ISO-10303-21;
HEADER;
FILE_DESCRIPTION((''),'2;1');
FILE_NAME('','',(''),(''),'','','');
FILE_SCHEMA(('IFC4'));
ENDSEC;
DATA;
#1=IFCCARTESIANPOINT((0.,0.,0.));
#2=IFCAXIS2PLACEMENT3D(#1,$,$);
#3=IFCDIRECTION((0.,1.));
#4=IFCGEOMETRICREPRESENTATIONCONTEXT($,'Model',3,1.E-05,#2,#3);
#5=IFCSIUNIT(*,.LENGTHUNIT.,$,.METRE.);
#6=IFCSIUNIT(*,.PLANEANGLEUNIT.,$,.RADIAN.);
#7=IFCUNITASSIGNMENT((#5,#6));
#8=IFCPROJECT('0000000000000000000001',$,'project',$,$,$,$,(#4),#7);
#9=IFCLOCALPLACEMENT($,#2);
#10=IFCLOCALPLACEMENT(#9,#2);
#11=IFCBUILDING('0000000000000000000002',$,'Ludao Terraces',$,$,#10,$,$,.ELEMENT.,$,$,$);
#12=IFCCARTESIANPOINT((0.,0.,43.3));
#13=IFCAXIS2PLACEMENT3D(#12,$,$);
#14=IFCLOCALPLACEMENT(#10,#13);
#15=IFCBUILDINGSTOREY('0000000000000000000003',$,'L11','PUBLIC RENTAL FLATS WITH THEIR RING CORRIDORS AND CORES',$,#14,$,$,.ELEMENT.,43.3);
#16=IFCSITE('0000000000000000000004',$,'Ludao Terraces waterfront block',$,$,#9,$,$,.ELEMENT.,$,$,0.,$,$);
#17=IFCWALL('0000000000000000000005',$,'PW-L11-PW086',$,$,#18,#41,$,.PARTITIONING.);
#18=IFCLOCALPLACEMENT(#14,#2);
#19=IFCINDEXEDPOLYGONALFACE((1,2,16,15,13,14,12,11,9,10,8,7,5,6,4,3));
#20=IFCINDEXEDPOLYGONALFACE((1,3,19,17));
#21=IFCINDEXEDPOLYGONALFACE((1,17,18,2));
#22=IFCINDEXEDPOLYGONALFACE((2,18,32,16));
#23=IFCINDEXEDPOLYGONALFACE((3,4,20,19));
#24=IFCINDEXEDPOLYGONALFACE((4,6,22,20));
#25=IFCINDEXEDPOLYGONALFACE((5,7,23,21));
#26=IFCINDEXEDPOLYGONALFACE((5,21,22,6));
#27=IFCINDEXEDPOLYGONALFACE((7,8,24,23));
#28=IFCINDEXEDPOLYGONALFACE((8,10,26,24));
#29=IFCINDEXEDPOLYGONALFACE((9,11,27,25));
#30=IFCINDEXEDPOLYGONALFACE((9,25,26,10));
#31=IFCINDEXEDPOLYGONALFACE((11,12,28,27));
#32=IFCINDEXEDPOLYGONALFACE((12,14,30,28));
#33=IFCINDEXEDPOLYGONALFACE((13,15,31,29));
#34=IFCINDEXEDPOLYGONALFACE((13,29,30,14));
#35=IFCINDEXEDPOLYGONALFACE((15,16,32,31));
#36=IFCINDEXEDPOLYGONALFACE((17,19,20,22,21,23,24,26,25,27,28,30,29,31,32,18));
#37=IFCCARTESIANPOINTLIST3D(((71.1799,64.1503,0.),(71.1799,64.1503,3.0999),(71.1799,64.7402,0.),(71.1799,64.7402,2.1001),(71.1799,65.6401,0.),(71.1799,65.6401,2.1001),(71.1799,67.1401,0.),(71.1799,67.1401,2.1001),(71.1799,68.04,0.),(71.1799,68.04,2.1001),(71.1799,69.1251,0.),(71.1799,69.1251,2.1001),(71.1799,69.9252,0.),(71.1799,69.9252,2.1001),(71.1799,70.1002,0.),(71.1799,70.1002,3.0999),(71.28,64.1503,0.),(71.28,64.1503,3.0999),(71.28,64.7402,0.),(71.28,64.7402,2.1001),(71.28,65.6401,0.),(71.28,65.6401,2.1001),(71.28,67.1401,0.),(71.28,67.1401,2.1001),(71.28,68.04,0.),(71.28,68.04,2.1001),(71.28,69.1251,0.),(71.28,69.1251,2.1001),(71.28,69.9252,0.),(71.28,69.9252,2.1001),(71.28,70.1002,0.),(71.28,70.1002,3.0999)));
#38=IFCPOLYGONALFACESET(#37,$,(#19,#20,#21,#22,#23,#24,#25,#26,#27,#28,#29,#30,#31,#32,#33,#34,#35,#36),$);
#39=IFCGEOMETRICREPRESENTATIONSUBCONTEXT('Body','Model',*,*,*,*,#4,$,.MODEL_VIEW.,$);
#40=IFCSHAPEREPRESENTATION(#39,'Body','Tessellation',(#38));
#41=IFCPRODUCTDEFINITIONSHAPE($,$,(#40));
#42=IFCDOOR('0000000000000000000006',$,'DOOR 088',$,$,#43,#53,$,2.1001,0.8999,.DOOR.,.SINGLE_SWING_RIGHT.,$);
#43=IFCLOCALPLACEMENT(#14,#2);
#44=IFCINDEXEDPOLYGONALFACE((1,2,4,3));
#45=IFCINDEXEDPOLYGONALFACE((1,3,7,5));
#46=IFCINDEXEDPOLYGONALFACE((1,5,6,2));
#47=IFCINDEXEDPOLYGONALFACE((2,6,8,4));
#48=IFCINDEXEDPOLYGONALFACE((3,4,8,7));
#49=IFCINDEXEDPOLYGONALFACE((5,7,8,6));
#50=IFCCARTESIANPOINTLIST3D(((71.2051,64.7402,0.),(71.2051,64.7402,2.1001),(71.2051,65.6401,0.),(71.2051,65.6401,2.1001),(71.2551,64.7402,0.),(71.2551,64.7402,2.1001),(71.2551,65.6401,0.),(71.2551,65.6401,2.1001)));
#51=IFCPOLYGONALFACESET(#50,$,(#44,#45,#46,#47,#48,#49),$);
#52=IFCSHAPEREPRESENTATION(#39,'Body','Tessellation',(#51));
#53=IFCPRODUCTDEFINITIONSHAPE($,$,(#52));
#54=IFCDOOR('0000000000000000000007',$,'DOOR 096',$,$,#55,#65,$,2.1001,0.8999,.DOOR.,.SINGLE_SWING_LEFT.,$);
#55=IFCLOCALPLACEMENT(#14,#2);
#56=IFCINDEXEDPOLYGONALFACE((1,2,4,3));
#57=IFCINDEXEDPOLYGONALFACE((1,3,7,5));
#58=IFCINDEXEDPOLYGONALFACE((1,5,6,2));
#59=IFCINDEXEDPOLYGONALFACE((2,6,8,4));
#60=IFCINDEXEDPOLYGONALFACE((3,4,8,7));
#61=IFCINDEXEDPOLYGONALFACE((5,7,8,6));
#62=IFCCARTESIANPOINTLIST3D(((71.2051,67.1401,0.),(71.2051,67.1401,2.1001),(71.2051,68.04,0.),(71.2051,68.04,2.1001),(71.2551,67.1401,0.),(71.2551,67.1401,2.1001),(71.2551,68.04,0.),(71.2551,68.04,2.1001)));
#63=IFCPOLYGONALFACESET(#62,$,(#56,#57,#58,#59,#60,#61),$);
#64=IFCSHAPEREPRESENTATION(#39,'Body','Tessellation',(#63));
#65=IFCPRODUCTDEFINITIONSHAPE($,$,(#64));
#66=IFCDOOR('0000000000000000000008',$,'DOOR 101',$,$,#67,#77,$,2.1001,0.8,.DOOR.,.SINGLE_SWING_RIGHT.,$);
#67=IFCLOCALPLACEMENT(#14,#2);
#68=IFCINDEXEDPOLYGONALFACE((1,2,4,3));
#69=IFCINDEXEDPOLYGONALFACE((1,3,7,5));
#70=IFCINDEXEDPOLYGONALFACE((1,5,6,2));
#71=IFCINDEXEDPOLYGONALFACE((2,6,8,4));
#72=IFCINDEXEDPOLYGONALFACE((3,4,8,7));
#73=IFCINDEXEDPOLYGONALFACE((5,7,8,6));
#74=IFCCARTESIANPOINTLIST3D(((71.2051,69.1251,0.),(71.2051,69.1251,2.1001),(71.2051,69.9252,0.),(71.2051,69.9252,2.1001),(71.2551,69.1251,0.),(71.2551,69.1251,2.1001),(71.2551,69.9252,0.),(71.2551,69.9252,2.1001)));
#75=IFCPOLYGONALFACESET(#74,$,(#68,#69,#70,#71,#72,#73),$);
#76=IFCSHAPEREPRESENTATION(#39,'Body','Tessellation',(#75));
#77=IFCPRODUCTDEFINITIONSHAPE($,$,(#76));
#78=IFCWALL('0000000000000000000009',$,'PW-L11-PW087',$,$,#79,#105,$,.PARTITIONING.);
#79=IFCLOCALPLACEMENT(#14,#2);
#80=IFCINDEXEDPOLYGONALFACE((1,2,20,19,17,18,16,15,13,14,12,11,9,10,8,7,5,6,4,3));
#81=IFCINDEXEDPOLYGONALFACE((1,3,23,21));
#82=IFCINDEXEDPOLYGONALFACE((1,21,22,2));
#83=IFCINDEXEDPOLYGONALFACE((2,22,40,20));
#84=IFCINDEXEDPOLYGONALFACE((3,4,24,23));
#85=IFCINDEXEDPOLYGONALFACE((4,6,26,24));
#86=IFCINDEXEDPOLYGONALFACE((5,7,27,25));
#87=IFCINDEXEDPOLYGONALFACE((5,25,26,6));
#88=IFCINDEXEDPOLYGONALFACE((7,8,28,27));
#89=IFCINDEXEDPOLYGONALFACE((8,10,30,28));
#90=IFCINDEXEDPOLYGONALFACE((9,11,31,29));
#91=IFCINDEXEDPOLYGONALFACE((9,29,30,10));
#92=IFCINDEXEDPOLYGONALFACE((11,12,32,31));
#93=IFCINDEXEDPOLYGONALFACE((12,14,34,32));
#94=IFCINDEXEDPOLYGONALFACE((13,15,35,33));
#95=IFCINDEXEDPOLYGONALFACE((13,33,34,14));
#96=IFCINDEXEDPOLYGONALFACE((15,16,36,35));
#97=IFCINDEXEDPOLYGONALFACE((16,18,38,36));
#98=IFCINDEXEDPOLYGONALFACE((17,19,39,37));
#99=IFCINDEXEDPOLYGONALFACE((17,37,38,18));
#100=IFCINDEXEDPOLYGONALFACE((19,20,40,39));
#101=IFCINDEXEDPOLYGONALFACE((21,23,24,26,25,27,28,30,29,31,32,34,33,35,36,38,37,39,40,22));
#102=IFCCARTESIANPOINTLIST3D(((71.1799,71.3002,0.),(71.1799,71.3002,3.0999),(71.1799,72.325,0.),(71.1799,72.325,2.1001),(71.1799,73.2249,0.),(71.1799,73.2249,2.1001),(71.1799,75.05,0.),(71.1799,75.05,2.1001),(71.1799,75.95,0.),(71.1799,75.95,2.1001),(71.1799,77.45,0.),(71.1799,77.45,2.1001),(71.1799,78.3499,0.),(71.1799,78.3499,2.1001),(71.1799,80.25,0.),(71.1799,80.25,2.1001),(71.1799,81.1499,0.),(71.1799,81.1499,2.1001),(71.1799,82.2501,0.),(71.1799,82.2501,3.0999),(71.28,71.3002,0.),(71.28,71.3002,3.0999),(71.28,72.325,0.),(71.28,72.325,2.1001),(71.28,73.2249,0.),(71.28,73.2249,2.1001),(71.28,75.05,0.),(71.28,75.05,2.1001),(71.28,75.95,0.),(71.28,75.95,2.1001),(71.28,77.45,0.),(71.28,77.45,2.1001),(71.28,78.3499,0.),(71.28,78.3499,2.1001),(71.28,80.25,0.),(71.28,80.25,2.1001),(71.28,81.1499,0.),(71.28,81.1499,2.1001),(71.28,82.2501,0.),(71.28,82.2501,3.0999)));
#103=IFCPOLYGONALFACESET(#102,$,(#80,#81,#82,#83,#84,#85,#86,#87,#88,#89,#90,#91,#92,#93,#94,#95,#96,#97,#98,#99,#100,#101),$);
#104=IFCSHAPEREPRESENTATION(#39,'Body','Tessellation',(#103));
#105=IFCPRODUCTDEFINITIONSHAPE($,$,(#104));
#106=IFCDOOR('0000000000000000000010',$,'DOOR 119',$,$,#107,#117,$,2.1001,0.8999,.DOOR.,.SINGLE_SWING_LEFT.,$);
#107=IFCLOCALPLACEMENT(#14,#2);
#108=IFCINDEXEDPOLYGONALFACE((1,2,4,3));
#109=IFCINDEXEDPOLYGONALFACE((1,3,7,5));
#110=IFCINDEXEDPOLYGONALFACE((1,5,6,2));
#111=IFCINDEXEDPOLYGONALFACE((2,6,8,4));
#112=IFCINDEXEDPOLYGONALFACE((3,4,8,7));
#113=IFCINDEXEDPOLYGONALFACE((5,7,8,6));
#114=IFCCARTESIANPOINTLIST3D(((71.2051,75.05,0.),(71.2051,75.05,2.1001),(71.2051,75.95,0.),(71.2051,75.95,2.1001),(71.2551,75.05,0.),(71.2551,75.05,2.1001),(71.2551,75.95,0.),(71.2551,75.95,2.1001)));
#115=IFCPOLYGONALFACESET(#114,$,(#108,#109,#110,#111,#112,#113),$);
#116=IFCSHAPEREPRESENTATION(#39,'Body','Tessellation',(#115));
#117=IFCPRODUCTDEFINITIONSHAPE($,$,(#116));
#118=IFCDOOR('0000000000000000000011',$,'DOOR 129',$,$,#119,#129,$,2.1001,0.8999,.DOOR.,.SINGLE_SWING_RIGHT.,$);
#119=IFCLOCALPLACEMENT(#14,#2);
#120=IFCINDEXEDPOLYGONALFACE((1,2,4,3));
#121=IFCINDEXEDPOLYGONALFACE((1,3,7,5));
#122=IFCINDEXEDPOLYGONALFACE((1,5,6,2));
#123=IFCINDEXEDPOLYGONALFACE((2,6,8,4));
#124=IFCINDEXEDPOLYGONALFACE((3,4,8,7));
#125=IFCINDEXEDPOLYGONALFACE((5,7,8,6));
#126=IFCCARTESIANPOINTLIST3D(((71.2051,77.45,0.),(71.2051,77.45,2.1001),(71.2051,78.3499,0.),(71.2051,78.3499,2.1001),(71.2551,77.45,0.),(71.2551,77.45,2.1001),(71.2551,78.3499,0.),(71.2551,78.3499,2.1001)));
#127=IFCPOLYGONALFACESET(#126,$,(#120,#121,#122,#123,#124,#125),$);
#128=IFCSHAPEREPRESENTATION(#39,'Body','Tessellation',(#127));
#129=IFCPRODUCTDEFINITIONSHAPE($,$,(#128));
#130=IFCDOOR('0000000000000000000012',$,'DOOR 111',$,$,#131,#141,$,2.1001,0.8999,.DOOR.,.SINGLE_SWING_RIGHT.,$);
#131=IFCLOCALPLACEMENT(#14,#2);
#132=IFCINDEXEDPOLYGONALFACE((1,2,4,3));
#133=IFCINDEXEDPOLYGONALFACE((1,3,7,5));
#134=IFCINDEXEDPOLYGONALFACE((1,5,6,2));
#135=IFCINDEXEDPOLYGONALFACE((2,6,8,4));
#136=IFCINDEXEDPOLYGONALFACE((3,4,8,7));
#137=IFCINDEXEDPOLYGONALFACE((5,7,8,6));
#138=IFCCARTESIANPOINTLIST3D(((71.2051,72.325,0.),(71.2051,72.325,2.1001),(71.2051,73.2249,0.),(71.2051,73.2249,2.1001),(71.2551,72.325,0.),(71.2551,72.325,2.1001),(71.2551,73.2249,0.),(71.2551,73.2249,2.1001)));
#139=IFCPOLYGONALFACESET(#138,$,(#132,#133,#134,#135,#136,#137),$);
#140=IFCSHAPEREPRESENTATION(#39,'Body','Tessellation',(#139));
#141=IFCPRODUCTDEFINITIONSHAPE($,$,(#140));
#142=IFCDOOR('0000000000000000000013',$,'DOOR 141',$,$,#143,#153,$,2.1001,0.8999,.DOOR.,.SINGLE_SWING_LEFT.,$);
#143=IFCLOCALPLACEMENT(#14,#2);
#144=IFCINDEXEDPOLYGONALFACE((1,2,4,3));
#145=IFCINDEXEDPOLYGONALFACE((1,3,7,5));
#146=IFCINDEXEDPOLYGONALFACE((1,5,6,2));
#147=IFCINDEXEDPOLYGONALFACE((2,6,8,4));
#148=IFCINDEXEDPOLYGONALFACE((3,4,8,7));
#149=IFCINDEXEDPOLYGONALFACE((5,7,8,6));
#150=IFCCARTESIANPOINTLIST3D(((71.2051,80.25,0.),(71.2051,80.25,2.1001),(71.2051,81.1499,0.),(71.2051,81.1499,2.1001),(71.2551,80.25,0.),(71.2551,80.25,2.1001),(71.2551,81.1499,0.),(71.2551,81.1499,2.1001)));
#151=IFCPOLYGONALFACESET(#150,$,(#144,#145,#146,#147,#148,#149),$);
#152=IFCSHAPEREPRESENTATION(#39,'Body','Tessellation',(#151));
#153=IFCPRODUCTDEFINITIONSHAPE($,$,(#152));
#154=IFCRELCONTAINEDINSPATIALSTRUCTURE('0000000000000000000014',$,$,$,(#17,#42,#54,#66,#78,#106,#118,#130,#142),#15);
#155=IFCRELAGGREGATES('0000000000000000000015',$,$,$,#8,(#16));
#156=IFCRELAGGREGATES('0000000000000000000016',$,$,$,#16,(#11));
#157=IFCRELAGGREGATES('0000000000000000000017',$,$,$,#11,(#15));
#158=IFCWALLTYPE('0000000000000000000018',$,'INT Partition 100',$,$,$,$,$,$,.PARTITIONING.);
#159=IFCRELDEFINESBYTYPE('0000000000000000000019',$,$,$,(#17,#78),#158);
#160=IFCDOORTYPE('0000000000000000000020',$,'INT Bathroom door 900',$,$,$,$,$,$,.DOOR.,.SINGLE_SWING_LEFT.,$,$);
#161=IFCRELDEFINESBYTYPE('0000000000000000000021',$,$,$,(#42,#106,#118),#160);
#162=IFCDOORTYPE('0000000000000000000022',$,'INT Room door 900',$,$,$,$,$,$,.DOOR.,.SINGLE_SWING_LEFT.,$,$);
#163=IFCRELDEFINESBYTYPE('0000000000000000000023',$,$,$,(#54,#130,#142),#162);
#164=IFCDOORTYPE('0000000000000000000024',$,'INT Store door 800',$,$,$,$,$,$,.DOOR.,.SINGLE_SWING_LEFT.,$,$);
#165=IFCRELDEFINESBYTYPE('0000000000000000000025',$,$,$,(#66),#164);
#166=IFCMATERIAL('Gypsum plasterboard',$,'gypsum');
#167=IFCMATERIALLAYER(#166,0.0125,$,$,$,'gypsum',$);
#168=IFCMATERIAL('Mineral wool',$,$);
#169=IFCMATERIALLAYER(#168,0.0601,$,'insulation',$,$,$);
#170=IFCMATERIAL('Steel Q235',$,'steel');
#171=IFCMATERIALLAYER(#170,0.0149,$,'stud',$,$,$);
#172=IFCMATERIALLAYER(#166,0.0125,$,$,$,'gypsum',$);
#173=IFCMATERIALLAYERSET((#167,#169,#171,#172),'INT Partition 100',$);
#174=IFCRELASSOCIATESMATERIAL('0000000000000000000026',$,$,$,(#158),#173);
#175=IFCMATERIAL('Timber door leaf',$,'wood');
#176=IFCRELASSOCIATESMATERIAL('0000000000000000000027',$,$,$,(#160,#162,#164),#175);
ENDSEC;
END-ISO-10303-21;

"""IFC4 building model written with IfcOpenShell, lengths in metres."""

from ifc_helpers import new_model, si_unit, direction, frame, frame_2d, origin, place, context, subcontext, project, spatial, rectangle, extrude, material, layer, layer_set, type_object, element, fill, save


model = new_model("IFC4")

# Units and contexts
model_context = context("Model", 3, precision=1e-05, world=origin(), true_north=direction((0.0, 1.0)))
body_context = subcontext(model_context, "Body", "Model", "MODEL_VIEW")
ifc_project = project(units=[si_unit("LENGTHUNIT", "METRE"), si_unit("PLANEANGLEUNIT", "RADIAN")], contexts=[model_context])

# Site, building, storey
site_placement = place(None, origin())
site = spatial("IfcSite", under=ifc_project, at=site_placement, Name="Ludao Terraces waterfront block", CompositionType="ELEMENT", RefElevation=0.0)
building_placement = place(site_placement, origin())
building = spatial("IfcBuilding", under=site, at=building_placement, Name="Ludao Terraces", CompositionType="ELEMENT")
storey_placement = place(building_placement, frame((0.0, 0.0, 43.3)))
storey = spatial("IfcBuildingStorey", under=building, at=storey_placement, Name="L11", Description="PUBLIC RENTAL FLATS WITH THEIR RING CORRIDORS AND CORES", CompositionType="ELEMENT", Elevation=43.3)

# Shared definitions
ifc_material_1 = material(Name="Mineral wool")
ifc_material_2 = material(Name="Steel Q235", Category="steel")
ifc_material_3 = material(Name="Gypsum plasterboard", Category="gypsum")
ifc_layer_1 = layer(ifc_material_3, 0.0125, Category="gypsum")
ifc_layer_2 = layer(ifc_material_1, 0.0601, Name="insulation")
ifc_layer_3 = layer(ifc_material_2, 0.0149, Name="stud")
ifc_layer_4 = layer(ifc_material_3, 0.0125, Category="gypsum")
ifc_layer_set_1 = layer_set([ifc_layer_1, ifc_layer_2, ifc_layer_3, ifc_layer_4], Name="INT Partition 100")
wall_type_1 = type_object("IfcWallType", Name="INT Partition 100", PredefinedType="PARTITIONING", material=ifc_layer_set_1)

# Walls, openings, doors
wall_1_placement = place(storey_placement, frame((71.23, 64.1501, 0.0), z_axis=(0.0, 0.0, 1.0), x_axis=(0.0, 1.0, 0.0)))
wall_1 = element("IfcWall", 1, at=wall_1_placement, inside=storey, type_object=wall_type_1, Name="PW-L11-PW086", PredefinedType="PARTITIONING", context=body_context, shape_type="SweptSolid", body=[
    extrude(rectangle(XDim=5.95, YDim=0.1001, at=frame_2d((2.9751, 0.0))), origin(), (0.0, 0.0, 1.0), 3.0999),
])
opening_1_placement = place(wall_1_placement, frame((0.5901, 0.0, 0.0)))
opening_1 = element("IfcOpeningElement", 2, at=opening_1_placement, cuts=wall_1, PredefinedType="OPENING", context=body_context, shape_type="SweptSolid", body=[
    extrude(rectangle(XDim=0.8999, YDim=2.1001, at=frame_2d((0.45, 1.05))), frame((0.0, 0.0601, 0.0), z_axis=(0.0, -1.0, 0.0), x_axis=(1.0, 0.0, 0.0)), (0.0, 0.0, 1.0), 0.1201),
])
opening_2_placement = place(wall_1_placement, frame((2.99, 0.0, 0.0)))
opening_2 = element("IfcOpeningElement", 3, at=opening_2_placement, cuts=wall_1, PredefinedType="OPENING", context=body_context, shape_type="SweptSolid", body=[
    extrude(rectangle(XDim=0.8999, YDim=2.1001, at=frame_2d((0.45, 1.05))), frame((0.0, 0.0601, 0.0), z_axis=(0.0, -1.0, 0.0), x_axis=(1.0, 0.0, 0.0)), (0.0, 0.0, 1.0), 0.1201),
])
opening_3_placement = place(wall_1_placement, frame((4.9751, 0.0, 0.0)))
opening_3 = element("IfcOpeningElement", 4, at=opening_3_placement, cuts=wall_1, PredefinedType="OPENING", context=body_context, shape_type="SweptSolid", body=[
    extrude(rectangle(XDim=0.8, YDim=2.1001, at=frame_2d((0.3999, 1.05))), frame((0.0, 0.0601, 0.0), z_axis=(0.0, -1.0, 0.0), x_axis=(1.0, 0.0, 0.0)), (0.0, 0.0, 1.0), 0.1201),
])
ifc_material_4 = material(Name="Timber door leaf", Category="wood")
door_type_1 = type_object("IfcDoorType", Name="INT Bathroom door 900", OperationType="SINGLE_SWING_LEFT", PredefinedType="DOOR", material=ifc_material_4)
door_1_placement = place(opening_1_placement, origin())
door_1 = element("IfcDoor", 5, at=door_1_placement, inside=storey, type_object=door_type_1, Name="DOOR 088", OperationType="SINGLE_SWING_RIGHT", OverallHeight=2.1001, OverallWidth=0.8999, PredefinedType="DOOR", context=body_context, shape_type="SweptSolid", body=[
    extrude(rectangle(XDim=0.8999, YDim=2.1001, at=frame_2d((0.45, 1.05))), frame((0.0, 0.0249, 0.0), z_axis=(0.0, -1.0, 0.0), x_axis=(1.0, 0.0, 0.0)), (0.0, 0.0, 1.0), 0.05),
])
fill(opening_1, door_1)
door_type_2 = type_object("IfcDoorType", Name="INT Room door 900", OperationType="SINGLE_SWING_LEFT", PredefinedType="DOOR", material=ifc_material_4)
door_2_placement = place(opening_2_placement, origin())
door_2 = element("IfcDoor", 6, at=door_2_placement, inside=storey, type_object=door_type_2, Name="DOOR 096", OperationType="SINGLE_SWING_LEFT", OverallHeight=2.1001, OverallWidth=0.8999, PredefinedType="DOOR", context=body_context, shape_type="SweptSolid", body=[
    extrude(rectangle(XDim=0.8999, YDim=2.1001, at=frame_2d((0.45, 1.05))), frame((0.0, 0.0249, 0.0), z_axis=(0.0, -1.0, 0.0), x_axis=(1.0, 0.0, 0.0)), (0.0, 0.0, 1.0), 0.05),
])
fill(opening_2, door_2)
door_type_3 = type_object("IfcDoorType", Name="INT Store door 800", OperationType="SINGLE_SWING_LEFT", PredefinedType="DOOR", material=ifc_material_4)
door_3_placement = place(opening_3_placement, origin())
door_3 = element("IfcDoor", 7, at=door_3_placement, inside=storey, type_object=door_type_3, Name="DOOR 101", OperationType="SINGLE_SWING_RIGHT", OverallHeight=2.1001, OverallWidth=0.8, PredefinedType="DOOR", context=body_context, shape_type="SweptSolid", body=[
    extrude(rectangle(XDim=0.8, YDim=2.1001, at=frame_2d((0.3999, 1.05))), frame((0.0, 0.0249, 0.0), z_axis=(0.0, -1.0, 0.0), x_axis=(1.0, 0.0, 0.0)), (0.0, 0.0, 1.0), 0.05),
])
fill(opening_3, door_3)
wall_2_placement = place(storey_placement, frame((71.23, 71.3, 0.0), z_axis=(0.0, 0.0, 1.0), x_axis=(0.0, 1.0, 0.0)))
wall_2 = element("IfcWall", 8, at=wall_2_placement, inside=storey, type_object=wall_type_1, Name="PW-L11-PW087", PredefinedType="PARTITIONING", context=body_context, shape_type="SweptSolid", body=[
    extrude(rectangle(XDim=10.95, YDim=0.1001, at=frame_2d((5.4751, 0.0))), origin(), (0.0, 0.0, 1.0), 3.0999),
])
opening_4_placement = place(wall_2_placement, frame((1.0249, 0.0, 0.0)))
opening_4 = element("IfcOpeningElement", 9, at=opening_4_placement, cuts=wall_2, PredefinedType="OPENING", context=body_context, shape_type="SweptSolid", body=[
    extrude(rectangle(XDim=0.8999, YDim=2.1001, at=frame_2d((0.45, 1.05))), frame((0.0, 0.0601, 0.0), z_axis=(0.0, -1.0, 0.0), x_axis=(1.0, 0.0, 0.0)), (0.0, 0.0, 1.0), 0.1201),
])
opening_5_placement = place(wall_2_placement, frame((3.75, 0.0, 0.0)))
opening_5 = element("IfcOpeningElement", 10, at=opening_5_placement, cuts=wall_2, PredefinedType="OPENING", context=body_context, shape_type="SweptSolid", body=[
    extrude(rectangle(XDim=0.8999, YDim=2.1001, at=frame_2d((0.45, 1.05))), frame((0.0, 0.0601, 0.0), z_axis=(0.0, -1.0, 0.0), x_axis=(1.0, 0.0, 0.0)), (0.0, 0.0, 1.0), 0.1201),
])
opening_6_placement = place(wall_2_placement, frame((6.1499, 0.0, 0.0)))
opening_6 = element("IfcOpeningElement", 11, at=opening_6_placement, cuts=wall_2, PredefinedType="OPENING", context=body_context, shape_type="SweptSolid", body=[
    extrude(rectangle(XDim=0.8999, YDim=2.1001, at=frame_2d((0.45, 1.05))), frame((0.0, 0.0601, 0.0), z_axis=(0.0, -1.0, 0.0), x_axis=(1.0, 0.0, 0.0)), (0.0, 0.0, 1.0), 0.1201),
])
opening_7_placement = place(wall_2_placement, frame((8.95, 0.0, 0.0)))
opening_7 = element("IfcOpeningElement", 12, at=opening_7_placement, cuts=wall_2, PredefinedType="OPENING", context=body_context, shape_type="SweptSolid", body=[
    extrude(rectangle(XDim=0.8999, YDim=2.1001, at=frame_2d((0.45, 1.05))), frame((0.0, 0.0601, 0.0), z_axis=(0.0, -1.0, 0.0), x_axis=(1.0, 0.0, 0.0)), (0.0, 0.0, 1.0), 0.1201),
])
door_4_placement = place(opening_5_placement, origin())
door_4 = element("IfcDoor", 13, at=door_4_placement, inside=storey, type_object=door_type_1, Name="DOOR 119", OperationType="SINGLE_SWING_LEFT", OverallHeight=2.1001, OverallWidth=0.8999, PredefinedType="DOOR", context=body_context, shape_type="SweptSolid", body=[
    extrude(rectangle(XDim=0.8999, YDim=2.1001, at=frame_2d((0.45, 1.05))), frame((0.0, 0.0249, 0.0), z_axis=(0.0, -1.0, 0.0), x_axis=(1.0, 0.0, 0.0)), (0.0, 0.0, 1.0), 0.05),
])
fill(opening_5, door_4)
door_5_placement = place(opening_6_placement, origin())
door_5 = element("IfcDoor", 14, at=door_5_placement, inside=storey, type_object=door_type_1, Name="DOOR 129", OperationType="SINGLE_SWING_RIGHT", OverallHeight=2.1001, OverallWidth=0.8999, PredefinedType="DOOR", context=body_context, shape_type="SweptSolid", body=[
    extrude(rectangle(XDim=0.8999, YDim=2.1001, at=frame_2d((0.45, 1.05))), frame((0.0, 0.0249, 0.0), z_axis=(0.0, -1.0, 0.0), x_axis=(1.0, 0.0, 0.0)), (0.0, 0.0, 1.0), 0.05),
])
fill(opening_6, door_5)
door_6_placement = place(opening_4_placement, origin())
door_6 = element("IfcDoor", 15, at=door_6_placement, inside=storey, type_object=door_type_2, Name="DOOR 111", OperationType="SINGLE_SWING_RIGHT", OverallHeight=2.1001, OverallWidth=0.8999, PredefinedType="DOOR", context=body_context, shape_type="SweptSolid", body=[
    extrude(rectangle(XDim=0.8999, YDim=2.1001, at=frame_2d((0.45, 1.05))), frame((0.0, 0.0249, 0.0), z_axis=(0.0, -1.0, 0.0), x_axis=(1.0, 0.0, 0.0)), (0.0, 0.0, 1.0), 0.05),
])
fill(opening_4, door_6)
door_7_placement = place(opening_7_placement, origin())
door_7 = element("IfcDoor", 16, at=door_7_placement, inside=storey, type_object=door_type_2, Name="DOOR 141", OperationType="SINGLE_SWING_LEFT", OverallHeight=2.1001, OverallWidth=0.8999, PredefinedType="DOOR", context=body_context, shape_type="SweptSolid", body=[
    extrude(rectangle(XDim=0.8999, YDim=2.1001, at=frame_2d((0.45, 1.05))), frame((0.0, 0.0249, 0.0), z_axis=(0.0, -1.0, 0.0), x_axis=(1.0, 0.0, 0.0)), (0.0, 0.0, 1.0), 0.05),
])
fill(opening_7, door_7)

save(model, "model.ifc")
